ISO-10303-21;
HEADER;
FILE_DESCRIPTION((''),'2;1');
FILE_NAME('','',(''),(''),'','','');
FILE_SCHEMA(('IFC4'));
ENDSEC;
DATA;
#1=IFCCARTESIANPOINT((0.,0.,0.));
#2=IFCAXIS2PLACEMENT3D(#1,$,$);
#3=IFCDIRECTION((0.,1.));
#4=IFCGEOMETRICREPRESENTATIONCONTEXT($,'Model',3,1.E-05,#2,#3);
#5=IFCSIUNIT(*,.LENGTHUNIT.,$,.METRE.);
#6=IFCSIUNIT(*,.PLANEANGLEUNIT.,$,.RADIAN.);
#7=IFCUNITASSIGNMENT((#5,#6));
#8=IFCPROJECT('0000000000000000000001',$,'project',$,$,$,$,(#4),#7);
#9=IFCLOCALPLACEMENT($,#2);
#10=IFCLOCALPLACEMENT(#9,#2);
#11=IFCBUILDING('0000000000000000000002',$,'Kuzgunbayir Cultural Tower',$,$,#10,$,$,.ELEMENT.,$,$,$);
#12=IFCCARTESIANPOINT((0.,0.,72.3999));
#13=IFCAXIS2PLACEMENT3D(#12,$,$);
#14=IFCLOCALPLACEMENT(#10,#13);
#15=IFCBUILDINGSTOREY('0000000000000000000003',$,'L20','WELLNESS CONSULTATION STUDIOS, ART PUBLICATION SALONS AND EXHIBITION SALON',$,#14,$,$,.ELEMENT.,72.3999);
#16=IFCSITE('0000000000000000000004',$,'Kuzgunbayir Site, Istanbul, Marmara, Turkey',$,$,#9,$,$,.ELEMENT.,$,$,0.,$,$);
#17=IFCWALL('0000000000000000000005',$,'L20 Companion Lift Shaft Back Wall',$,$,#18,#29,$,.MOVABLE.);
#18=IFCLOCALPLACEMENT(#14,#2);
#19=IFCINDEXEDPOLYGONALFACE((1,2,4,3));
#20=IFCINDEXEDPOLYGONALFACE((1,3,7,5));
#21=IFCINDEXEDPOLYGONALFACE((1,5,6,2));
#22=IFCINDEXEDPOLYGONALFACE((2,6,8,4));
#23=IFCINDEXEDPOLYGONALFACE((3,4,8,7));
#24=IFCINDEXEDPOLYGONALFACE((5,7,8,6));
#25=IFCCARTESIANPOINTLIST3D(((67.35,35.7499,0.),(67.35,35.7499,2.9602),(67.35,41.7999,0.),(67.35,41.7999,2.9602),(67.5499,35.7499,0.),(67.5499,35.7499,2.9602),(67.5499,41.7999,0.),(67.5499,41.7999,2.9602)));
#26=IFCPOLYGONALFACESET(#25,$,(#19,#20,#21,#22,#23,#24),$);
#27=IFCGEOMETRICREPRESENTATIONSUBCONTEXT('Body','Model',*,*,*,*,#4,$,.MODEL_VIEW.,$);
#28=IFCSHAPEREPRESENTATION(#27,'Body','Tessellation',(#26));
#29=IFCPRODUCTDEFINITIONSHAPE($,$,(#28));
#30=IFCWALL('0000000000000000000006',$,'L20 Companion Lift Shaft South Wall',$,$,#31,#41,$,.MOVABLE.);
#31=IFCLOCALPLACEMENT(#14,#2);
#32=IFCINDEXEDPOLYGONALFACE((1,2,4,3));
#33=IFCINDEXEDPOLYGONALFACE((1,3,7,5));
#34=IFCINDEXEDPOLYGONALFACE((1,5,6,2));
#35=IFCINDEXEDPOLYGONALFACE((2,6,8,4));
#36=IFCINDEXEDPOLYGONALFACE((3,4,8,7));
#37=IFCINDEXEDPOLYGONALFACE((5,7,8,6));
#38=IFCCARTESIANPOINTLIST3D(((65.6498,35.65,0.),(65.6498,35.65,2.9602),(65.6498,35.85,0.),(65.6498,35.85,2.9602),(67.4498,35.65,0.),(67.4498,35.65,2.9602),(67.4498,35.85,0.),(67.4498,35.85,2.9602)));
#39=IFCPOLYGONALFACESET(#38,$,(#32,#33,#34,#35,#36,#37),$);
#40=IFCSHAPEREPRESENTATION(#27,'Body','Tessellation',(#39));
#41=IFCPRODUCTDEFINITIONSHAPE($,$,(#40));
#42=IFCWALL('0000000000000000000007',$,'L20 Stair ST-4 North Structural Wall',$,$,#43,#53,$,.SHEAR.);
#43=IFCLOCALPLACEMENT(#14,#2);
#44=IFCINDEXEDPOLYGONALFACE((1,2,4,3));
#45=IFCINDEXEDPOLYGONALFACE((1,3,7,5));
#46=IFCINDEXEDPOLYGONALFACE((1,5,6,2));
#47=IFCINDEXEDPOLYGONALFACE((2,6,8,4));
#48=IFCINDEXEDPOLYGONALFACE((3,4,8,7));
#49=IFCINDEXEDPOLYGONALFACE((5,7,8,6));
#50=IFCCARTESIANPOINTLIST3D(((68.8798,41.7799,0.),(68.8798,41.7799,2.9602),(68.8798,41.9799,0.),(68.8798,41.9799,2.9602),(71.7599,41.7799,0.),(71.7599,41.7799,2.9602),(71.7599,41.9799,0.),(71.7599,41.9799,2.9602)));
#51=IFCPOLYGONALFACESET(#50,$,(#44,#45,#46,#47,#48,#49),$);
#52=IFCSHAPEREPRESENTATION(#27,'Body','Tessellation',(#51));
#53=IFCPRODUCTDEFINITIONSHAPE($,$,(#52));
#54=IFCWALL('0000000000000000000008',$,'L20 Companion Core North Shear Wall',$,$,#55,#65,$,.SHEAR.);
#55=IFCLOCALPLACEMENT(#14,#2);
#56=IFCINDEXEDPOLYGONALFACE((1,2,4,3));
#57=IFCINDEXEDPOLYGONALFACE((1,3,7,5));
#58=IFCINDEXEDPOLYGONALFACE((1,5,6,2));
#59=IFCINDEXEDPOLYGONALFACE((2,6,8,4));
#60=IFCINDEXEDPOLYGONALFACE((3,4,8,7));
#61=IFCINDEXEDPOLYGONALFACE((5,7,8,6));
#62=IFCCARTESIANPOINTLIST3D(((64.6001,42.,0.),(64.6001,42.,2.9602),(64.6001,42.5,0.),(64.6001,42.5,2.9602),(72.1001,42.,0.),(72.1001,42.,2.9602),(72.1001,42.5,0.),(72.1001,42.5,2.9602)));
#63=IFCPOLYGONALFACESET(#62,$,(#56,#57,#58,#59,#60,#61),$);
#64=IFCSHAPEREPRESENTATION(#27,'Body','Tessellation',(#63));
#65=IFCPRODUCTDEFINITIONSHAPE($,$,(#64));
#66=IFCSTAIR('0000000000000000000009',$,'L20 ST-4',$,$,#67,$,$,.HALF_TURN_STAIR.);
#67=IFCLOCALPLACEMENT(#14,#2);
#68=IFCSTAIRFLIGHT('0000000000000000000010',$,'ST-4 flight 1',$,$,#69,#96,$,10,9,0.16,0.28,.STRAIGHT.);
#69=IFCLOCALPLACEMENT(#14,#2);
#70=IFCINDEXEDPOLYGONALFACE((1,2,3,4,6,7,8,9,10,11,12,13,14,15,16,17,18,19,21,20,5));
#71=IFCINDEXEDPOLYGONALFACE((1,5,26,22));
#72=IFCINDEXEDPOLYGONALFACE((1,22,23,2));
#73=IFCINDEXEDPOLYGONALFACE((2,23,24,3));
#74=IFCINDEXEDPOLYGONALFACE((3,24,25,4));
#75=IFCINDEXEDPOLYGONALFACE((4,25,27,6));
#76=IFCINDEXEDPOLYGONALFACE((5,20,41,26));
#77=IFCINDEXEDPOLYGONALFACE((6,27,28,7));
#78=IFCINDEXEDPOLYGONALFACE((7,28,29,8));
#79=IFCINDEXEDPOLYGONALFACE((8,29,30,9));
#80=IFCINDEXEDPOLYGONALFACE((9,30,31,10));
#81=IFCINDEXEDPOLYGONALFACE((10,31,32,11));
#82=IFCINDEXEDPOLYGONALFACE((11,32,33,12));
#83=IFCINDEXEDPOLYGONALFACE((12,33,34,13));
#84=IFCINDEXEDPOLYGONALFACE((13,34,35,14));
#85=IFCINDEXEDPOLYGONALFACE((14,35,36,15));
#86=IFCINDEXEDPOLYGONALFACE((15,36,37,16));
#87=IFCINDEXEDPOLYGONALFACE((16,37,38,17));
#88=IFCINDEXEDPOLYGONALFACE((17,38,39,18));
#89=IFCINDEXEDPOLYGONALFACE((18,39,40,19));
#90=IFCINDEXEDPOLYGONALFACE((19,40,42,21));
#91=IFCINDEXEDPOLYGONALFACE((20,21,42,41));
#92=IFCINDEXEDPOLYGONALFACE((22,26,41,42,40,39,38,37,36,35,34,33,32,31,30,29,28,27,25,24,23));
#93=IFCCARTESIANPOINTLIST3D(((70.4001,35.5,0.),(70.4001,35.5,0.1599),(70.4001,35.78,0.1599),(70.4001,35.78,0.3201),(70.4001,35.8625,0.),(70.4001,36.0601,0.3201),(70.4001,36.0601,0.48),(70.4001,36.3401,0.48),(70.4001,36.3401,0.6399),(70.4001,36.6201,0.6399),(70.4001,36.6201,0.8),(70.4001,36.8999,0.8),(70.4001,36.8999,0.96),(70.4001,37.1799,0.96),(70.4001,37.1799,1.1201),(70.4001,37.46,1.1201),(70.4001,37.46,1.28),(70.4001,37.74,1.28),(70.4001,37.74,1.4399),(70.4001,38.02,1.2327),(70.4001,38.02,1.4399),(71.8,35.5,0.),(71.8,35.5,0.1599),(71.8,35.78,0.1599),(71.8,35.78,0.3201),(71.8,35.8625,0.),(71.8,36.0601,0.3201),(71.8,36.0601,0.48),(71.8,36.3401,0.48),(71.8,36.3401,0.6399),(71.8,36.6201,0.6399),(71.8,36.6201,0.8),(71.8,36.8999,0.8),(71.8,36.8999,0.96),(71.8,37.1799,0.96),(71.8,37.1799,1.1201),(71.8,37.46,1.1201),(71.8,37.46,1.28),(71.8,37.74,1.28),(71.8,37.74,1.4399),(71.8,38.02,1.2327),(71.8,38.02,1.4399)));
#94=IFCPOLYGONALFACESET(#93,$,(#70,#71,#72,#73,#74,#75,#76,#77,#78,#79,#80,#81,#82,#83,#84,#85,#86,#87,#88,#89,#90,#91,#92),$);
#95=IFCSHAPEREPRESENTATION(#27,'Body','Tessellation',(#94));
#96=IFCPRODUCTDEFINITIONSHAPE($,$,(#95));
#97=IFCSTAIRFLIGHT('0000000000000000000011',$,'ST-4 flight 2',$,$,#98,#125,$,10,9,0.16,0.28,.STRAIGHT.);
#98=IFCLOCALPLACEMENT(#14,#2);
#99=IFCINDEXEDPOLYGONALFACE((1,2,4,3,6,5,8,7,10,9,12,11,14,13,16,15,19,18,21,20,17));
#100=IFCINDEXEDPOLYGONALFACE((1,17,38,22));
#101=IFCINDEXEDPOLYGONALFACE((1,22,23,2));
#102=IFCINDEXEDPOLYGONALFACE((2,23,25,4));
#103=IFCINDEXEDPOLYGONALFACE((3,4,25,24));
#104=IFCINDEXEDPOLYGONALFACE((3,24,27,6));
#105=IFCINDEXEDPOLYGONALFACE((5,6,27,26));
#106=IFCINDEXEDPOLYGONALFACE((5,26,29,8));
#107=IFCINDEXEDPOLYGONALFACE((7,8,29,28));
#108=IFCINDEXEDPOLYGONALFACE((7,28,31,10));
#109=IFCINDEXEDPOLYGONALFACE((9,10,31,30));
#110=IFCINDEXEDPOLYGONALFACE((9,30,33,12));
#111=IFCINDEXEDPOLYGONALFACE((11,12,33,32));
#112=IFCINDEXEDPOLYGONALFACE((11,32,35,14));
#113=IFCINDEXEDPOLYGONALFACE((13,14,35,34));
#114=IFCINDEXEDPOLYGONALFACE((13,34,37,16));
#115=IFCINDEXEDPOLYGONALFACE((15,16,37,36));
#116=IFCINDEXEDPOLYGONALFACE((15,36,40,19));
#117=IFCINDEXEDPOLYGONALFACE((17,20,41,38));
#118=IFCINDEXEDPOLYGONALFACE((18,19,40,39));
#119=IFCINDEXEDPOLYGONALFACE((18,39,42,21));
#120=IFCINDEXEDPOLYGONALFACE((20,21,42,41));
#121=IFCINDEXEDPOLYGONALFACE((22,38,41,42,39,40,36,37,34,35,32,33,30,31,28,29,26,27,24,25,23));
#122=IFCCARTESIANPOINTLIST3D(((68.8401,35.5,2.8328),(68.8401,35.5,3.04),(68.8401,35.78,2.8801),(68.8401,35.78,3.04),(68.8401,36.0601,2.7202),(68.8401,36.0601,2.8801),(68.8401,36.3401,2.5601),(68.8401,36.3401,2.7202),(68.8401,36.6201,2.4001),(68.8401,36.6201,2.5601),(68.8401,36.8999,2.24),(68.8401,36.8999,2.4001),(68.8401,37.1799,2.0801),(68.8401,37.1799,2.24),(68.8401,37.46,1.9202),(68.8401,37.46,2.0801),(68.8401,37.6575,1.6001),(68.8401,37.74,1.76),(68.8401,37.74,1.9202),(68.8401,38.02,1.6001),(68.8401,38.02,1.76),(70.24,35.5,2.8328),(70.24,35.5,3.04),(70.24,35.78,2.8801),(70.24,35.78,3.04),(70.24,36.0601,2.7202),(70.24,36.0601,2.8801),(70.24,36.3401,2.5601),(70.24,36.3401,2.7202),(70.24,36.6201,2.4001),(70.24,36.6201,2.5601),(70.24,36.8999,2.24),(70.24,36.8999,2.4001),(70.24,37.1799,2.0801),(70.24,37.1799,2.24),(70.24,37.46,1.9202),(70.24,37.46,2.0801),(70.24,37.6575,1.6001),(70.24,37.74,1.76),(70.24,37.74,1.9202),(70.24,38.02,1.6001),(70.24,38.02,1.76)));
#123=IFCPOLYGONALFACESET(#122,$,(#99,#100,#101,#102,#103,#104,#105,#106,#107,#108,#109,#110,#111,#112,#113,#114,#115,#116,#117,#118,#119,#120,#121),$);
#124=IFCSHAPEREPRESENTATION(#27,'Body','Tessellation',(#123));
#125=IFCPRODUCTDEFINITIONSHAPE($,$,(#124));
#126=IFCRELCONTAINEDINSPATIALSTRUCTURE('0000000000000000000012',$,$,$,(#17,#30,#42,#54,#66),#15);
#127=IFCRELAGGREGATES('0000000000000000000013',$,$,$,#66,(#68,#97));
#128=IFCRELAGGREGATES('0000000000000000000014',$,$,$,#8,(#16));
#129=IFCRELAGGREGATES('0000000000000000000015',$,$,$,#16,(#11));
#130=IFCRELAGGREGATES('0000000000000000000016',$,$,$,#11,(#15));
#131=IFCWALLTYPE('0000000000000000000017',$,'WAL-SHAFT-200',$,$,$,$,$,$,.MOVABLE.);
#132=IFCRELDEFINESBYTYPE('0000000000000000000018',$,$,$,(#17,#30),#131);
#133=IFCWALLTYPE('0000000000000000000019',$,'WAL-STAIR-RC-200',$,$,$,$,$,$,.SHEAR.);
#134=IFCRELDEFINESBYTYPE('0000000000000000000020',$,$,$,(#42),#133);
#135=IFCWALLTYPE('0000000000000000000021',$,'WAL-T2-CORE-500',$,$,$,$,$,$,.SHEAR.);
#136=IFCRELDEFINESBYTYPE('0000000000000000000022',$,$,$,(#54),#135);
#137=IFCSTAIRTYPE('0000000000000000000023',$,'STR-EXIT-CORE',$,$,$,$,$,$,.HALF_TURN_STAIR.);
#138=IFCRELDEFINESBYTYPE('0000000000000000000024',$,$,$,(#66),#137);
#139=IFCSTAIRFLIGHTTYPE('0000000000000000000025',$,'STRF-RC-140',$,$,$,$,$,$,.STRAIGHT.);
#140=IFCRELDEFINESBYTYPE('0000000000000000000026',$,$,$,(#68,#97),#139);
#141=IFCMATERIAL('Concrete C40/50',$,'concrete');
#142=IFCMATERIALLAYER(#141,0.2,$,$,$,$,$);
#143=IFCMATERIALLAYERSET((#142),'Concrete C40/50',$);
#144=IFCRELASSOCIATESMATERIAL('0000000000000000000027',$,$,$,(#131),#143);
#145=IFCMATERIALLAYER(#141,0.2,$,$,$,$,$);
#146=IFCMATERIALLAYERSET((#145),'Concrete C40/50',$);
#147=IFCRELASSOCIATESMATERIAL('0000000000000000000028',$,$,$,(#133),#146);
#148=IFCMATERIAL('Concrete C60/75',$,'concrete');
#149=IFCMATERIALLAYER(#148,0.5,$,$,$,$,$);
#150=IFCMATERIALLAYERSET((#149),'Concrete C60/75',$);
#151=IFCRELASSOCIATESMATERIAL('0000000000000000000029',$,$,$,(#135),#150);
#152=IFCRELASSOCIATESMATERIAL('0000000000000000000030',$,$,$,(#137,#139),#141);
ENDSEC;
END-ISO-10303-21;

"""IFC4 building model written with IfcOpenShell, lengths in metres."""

from ifc_helpers import new_model, si_unit, direction, frame, frame_2d, origin, place, context, subcontext, project, spatial, polyline, rectangle, outline, extrude, material, layer, layer_set, type_object, element, aggregate, save


model = new_model("IFC4")

# Units and contexts
model_context = context("Model", 3, precision=1e-05, world=origin(), true_north=direction((0.0, 1.0)))
body_context = subcontext(model_context, "Body", "Model", "MODEL_VIEW")
ifc_project = project(units=[si_unit("LENGTHUNIT", "METRE"), si_unit("PLANEANGLEUNIT", "RADIAN")], contexts=[model_context])

# Site, building, storey
site_placement = place(None, origin())
site = spatial("IfcSite", under=ifc_project, at=site_placement, Name="Kuzgunbayir Site, Istanbul, Marmara, Turkey", CompositionType="ELEMENT", RefElevation=0.0)
building_placement = place(site_placement, origin())
building = spatial("IfcBuilding", under=site, at=building_placement, Name="Kuzgunbayir Cultural Tower", CompositionType="ELEMENT")
storey_placement = place(building_placement, frame((0.0, 0.0, 72.3999)))
storey = spatial("IfcBuildingStorey", under=building, at=storey_placement, Name="L20", Description="WELLNESS CONSULTATION STUDIOS, ART PUBLICATION SALONS AND EXHIBITION SALON", CompositionType="ELEMENT", Elevation=72.3999)

# Shared definitions
ifc_material_1 = material(Name="Concrete C60/75", Category="concrete")

# Shared definitions
ifc_material_2 = material(Name="Concrete C40/50", Category="concrete")
ifc_layer_1 = layer(ifc_material_2, 0.2)
ifc_layer_set_1 = layer_set([ifc_layer_1], Name="Concrete C40/50")
wall_type_1 = type_object("IfcWallType", Name="WAL-SHAFT-200", PredefinedType="MOVABLE", material=ifc_layer_set_1)

# Walls
wall_1_placement = place(storey_placement, frame((67.45, 35.75, 0.0), z_axis=(0.0, 0.0, 1.0), x_axis=(0.0, 1.0, 0.0)))
element("IfcWall", 1, at=wall_1_placement, inside=storey, type_object=wall_type_1, Name="L20 Companion Lift Shaft Back Wall", PredefinedType="MOVABLE", context=body_context, shape_type="SweptSolid", body=[
    extrude(rectangle(XDim=6.05, YDim=0.2, at=frame_2d((3.0249, 0.0))), origin(), (0.0, 0.0, 1.0), 2.9602),
])
wall_2_placement = place(storey_placement, frame((65.6499, 35.75, 0.0), z_axis=(0.0, 0.0, 1.0), x_axis=(1.0, 0.0, 0.0)))
element("IfcWall", 2, at=wall_2_placement, inside=storey, type_object=wall_type_1, Name="L20 Companion Lift Shaft South Wall", PredefinedType="MOVABLE", context=body_context, shape_type="SweptSolid", body=[
    extrude(rectangle(XDim=1.8, YDim=0.2, at=frame_2d((0.8999, 0.0))), origin(), (0.0, 0.0, 1.0), 2.9602),
])
ifc_layer_2 = layer(ifc_material_2, 0.2)
ifc_layer_set_2 = layer_set([ifc_layer_2], Name="Concrete C40/50")
wall_type_2 = type_object("IfcWallType", Name="WAL-STAIR-RC-200", PredefinedType="SHEAR", material=ifc_layer_set_2)
wall_3_placement = place(storey_placement, frame((68.8799, 41.8799, 0.0), z_axis=(0.0, 0.0, 1.0), x_axis=(1.0, 0.0, 0.0)))
element("IfcWall", 3, at=wall_3_placement, inside=storey, type_object=wall_type_2, Name="L20 Stair ST-4 North Structural Wall", PredefinedType="SHEAR", context=body_context, shape_type="SweptSolid", body=[
    extrude(rectangle(XDim=2.8801, YDim=0.2, at=frame_2d((1.4399, 0.0))), origin(), (0.0, 0.0, 1.0), 2.9602),
])
ifc_layer_3 = layer(ifc_material_1, 0.5)
ifc_layer_set_3 = layer_set([ifc_layer_3], Name="Concrete C60/75")
wall_type_3 = type_object("IfcWallType", Name="WAL-T2-CORE-500", PredefinedType="SHEAR", material=ifc_layer_set_3)
wall_4_placement = place(storey_placement, frame((64.6001, 42.25, 0.0), z_axis=(0.0, 0.0, 1.0), x_axis=(1.0, 0.0, 0.0)))
element("IfcWall", 4, at=wall_4_placement, inside=storey, type_object=wall_type_3, Name="L20 Companion Core North Shear Wall", PredefinedType="SHEAR", context=body_context, shape_type="SweptSolid", body=[
    extrude(rectangle(XDim=7.5, YDim=0.5, at=frame_2d((3.75, 0.0))), origin(), (0.0, 0.0, 1.0), 2.9602),
])

# Stair, stair flights
stair_type = type_object("IfcStairType", Name="STR-EXIT-CORE", PredefinedType="HALF_TURN_STAIR", material=ifc_material_2)
stair_placement = place(storey_placement, origin())
stair = element("IfcStair", 5, at=stair_placement, inside=storey, type_object=stair_type, Name="L20 ST-4", PredefinedType="HALF_TURN_STAIR")
stair_flight_type = type_object("IfcStairFlightType", Name="STRF-RC-140", PredefinedType="STRAIGHT", material=ifc_material_2)
stair_flight_1_placement = place(storey_placement, frame((71.1001, 35.5, 0.0), z_axis=(0.0, 0.0, 1.0), x_axis=(0.0, 1.0, 0.0)))
stair_flight_1 = element("IfcStairFlight", 6, at=stair_flight_1_placement, type_object=stair_flight_type, Name="ST-4 flight 1", NumberOfRisers=10, NumberOfTreads=9, PredefinedType="STRAIGHT", RiserHeight=0.16, TreadLength=0.28, context=body_context, shape_type="SweptSolid", body=[
    extrude(outline(polyline([(0.0, 0.0), (0.0, 0.1599), (0.28, 0.1599), (0.28, 0.3201), (0.5601, 0.3201), (0.5601, 0.48), (0.8401, 0.48), (0.8401, 0.6399), (1.1201, 0.6399), (1.1201, 0.8), (1.3999, 0.8), (1.3999, 0.96), (1.6799, 0.96), (1.6799, 1.1201), (1.96, 1.1201), (1.96, 1.28), (2.24, 1.28), (2.24, 1.4399), (2.52, 1.4399), (2.52, 1.6001), (2.52, 1.2327), (0.3625, 0.0), (0.0, 0.0)])), frame((0.0, 0.7, 0.0), z_axis=(0.0, -1.0, 0.0), x_axis=(1.0, 0.0, 0.0)), (0.0, 0.0, 1.0), 1.3999),
])
stair_flight_2_placement = place(storey_placement, frame((69.54, 38.02, 1.6001), z_axis=(0.0, 0.0, 1.0), x_axis=(0.0, -1.0, 0.0)))
stair_flight_2 = element("IfcStairFlight", 7, at=stair_flight_2_placement, type_object=stair_flight_type, Name="ST-4 flight 2", NumberOfRisers=10, NumberOfTreads=9, PredefinedType="STRAIGHT", RiserHeight=0.16, TreadLength=0.28, context=body_context, shape_type="SweptSolid", body=[
    extrude(outline(polyline([(0.0, 0.0), (0.0, 0.1599), (0.28, 0.1599), (0.28, 0.3201), (0.5601, 0.3201), (0.5601, 0.48), (0.8401, 0.48), (0.8401, 0.6399), (1.1201, 0.6399), (1.1201, 0.8), (1.3999, 0.8), (1.3999, 0.96), (1.6799, 0.96), (1.6799, 1.1201), (1.96, 1.1201), (1.96, 1.28), (2.24, 1.28), (2.24, 1.4399), (2.52, 1.4399), (2.52, 1.6001), (2.52, 1.2327), (0.3625, 0.0), (0.0, 0.0)])), frame((0.0, 0.7, 0.0), z_axis=(0.0, -1.0, 0.0), x_axis=(1.0, 0.0, 0.0)), (0.0, 0.0, 1.0), 1.3999),
])
aggregate(stair, [stair_flight_1, stair_flight_2])

save(model, "model.ifc")
